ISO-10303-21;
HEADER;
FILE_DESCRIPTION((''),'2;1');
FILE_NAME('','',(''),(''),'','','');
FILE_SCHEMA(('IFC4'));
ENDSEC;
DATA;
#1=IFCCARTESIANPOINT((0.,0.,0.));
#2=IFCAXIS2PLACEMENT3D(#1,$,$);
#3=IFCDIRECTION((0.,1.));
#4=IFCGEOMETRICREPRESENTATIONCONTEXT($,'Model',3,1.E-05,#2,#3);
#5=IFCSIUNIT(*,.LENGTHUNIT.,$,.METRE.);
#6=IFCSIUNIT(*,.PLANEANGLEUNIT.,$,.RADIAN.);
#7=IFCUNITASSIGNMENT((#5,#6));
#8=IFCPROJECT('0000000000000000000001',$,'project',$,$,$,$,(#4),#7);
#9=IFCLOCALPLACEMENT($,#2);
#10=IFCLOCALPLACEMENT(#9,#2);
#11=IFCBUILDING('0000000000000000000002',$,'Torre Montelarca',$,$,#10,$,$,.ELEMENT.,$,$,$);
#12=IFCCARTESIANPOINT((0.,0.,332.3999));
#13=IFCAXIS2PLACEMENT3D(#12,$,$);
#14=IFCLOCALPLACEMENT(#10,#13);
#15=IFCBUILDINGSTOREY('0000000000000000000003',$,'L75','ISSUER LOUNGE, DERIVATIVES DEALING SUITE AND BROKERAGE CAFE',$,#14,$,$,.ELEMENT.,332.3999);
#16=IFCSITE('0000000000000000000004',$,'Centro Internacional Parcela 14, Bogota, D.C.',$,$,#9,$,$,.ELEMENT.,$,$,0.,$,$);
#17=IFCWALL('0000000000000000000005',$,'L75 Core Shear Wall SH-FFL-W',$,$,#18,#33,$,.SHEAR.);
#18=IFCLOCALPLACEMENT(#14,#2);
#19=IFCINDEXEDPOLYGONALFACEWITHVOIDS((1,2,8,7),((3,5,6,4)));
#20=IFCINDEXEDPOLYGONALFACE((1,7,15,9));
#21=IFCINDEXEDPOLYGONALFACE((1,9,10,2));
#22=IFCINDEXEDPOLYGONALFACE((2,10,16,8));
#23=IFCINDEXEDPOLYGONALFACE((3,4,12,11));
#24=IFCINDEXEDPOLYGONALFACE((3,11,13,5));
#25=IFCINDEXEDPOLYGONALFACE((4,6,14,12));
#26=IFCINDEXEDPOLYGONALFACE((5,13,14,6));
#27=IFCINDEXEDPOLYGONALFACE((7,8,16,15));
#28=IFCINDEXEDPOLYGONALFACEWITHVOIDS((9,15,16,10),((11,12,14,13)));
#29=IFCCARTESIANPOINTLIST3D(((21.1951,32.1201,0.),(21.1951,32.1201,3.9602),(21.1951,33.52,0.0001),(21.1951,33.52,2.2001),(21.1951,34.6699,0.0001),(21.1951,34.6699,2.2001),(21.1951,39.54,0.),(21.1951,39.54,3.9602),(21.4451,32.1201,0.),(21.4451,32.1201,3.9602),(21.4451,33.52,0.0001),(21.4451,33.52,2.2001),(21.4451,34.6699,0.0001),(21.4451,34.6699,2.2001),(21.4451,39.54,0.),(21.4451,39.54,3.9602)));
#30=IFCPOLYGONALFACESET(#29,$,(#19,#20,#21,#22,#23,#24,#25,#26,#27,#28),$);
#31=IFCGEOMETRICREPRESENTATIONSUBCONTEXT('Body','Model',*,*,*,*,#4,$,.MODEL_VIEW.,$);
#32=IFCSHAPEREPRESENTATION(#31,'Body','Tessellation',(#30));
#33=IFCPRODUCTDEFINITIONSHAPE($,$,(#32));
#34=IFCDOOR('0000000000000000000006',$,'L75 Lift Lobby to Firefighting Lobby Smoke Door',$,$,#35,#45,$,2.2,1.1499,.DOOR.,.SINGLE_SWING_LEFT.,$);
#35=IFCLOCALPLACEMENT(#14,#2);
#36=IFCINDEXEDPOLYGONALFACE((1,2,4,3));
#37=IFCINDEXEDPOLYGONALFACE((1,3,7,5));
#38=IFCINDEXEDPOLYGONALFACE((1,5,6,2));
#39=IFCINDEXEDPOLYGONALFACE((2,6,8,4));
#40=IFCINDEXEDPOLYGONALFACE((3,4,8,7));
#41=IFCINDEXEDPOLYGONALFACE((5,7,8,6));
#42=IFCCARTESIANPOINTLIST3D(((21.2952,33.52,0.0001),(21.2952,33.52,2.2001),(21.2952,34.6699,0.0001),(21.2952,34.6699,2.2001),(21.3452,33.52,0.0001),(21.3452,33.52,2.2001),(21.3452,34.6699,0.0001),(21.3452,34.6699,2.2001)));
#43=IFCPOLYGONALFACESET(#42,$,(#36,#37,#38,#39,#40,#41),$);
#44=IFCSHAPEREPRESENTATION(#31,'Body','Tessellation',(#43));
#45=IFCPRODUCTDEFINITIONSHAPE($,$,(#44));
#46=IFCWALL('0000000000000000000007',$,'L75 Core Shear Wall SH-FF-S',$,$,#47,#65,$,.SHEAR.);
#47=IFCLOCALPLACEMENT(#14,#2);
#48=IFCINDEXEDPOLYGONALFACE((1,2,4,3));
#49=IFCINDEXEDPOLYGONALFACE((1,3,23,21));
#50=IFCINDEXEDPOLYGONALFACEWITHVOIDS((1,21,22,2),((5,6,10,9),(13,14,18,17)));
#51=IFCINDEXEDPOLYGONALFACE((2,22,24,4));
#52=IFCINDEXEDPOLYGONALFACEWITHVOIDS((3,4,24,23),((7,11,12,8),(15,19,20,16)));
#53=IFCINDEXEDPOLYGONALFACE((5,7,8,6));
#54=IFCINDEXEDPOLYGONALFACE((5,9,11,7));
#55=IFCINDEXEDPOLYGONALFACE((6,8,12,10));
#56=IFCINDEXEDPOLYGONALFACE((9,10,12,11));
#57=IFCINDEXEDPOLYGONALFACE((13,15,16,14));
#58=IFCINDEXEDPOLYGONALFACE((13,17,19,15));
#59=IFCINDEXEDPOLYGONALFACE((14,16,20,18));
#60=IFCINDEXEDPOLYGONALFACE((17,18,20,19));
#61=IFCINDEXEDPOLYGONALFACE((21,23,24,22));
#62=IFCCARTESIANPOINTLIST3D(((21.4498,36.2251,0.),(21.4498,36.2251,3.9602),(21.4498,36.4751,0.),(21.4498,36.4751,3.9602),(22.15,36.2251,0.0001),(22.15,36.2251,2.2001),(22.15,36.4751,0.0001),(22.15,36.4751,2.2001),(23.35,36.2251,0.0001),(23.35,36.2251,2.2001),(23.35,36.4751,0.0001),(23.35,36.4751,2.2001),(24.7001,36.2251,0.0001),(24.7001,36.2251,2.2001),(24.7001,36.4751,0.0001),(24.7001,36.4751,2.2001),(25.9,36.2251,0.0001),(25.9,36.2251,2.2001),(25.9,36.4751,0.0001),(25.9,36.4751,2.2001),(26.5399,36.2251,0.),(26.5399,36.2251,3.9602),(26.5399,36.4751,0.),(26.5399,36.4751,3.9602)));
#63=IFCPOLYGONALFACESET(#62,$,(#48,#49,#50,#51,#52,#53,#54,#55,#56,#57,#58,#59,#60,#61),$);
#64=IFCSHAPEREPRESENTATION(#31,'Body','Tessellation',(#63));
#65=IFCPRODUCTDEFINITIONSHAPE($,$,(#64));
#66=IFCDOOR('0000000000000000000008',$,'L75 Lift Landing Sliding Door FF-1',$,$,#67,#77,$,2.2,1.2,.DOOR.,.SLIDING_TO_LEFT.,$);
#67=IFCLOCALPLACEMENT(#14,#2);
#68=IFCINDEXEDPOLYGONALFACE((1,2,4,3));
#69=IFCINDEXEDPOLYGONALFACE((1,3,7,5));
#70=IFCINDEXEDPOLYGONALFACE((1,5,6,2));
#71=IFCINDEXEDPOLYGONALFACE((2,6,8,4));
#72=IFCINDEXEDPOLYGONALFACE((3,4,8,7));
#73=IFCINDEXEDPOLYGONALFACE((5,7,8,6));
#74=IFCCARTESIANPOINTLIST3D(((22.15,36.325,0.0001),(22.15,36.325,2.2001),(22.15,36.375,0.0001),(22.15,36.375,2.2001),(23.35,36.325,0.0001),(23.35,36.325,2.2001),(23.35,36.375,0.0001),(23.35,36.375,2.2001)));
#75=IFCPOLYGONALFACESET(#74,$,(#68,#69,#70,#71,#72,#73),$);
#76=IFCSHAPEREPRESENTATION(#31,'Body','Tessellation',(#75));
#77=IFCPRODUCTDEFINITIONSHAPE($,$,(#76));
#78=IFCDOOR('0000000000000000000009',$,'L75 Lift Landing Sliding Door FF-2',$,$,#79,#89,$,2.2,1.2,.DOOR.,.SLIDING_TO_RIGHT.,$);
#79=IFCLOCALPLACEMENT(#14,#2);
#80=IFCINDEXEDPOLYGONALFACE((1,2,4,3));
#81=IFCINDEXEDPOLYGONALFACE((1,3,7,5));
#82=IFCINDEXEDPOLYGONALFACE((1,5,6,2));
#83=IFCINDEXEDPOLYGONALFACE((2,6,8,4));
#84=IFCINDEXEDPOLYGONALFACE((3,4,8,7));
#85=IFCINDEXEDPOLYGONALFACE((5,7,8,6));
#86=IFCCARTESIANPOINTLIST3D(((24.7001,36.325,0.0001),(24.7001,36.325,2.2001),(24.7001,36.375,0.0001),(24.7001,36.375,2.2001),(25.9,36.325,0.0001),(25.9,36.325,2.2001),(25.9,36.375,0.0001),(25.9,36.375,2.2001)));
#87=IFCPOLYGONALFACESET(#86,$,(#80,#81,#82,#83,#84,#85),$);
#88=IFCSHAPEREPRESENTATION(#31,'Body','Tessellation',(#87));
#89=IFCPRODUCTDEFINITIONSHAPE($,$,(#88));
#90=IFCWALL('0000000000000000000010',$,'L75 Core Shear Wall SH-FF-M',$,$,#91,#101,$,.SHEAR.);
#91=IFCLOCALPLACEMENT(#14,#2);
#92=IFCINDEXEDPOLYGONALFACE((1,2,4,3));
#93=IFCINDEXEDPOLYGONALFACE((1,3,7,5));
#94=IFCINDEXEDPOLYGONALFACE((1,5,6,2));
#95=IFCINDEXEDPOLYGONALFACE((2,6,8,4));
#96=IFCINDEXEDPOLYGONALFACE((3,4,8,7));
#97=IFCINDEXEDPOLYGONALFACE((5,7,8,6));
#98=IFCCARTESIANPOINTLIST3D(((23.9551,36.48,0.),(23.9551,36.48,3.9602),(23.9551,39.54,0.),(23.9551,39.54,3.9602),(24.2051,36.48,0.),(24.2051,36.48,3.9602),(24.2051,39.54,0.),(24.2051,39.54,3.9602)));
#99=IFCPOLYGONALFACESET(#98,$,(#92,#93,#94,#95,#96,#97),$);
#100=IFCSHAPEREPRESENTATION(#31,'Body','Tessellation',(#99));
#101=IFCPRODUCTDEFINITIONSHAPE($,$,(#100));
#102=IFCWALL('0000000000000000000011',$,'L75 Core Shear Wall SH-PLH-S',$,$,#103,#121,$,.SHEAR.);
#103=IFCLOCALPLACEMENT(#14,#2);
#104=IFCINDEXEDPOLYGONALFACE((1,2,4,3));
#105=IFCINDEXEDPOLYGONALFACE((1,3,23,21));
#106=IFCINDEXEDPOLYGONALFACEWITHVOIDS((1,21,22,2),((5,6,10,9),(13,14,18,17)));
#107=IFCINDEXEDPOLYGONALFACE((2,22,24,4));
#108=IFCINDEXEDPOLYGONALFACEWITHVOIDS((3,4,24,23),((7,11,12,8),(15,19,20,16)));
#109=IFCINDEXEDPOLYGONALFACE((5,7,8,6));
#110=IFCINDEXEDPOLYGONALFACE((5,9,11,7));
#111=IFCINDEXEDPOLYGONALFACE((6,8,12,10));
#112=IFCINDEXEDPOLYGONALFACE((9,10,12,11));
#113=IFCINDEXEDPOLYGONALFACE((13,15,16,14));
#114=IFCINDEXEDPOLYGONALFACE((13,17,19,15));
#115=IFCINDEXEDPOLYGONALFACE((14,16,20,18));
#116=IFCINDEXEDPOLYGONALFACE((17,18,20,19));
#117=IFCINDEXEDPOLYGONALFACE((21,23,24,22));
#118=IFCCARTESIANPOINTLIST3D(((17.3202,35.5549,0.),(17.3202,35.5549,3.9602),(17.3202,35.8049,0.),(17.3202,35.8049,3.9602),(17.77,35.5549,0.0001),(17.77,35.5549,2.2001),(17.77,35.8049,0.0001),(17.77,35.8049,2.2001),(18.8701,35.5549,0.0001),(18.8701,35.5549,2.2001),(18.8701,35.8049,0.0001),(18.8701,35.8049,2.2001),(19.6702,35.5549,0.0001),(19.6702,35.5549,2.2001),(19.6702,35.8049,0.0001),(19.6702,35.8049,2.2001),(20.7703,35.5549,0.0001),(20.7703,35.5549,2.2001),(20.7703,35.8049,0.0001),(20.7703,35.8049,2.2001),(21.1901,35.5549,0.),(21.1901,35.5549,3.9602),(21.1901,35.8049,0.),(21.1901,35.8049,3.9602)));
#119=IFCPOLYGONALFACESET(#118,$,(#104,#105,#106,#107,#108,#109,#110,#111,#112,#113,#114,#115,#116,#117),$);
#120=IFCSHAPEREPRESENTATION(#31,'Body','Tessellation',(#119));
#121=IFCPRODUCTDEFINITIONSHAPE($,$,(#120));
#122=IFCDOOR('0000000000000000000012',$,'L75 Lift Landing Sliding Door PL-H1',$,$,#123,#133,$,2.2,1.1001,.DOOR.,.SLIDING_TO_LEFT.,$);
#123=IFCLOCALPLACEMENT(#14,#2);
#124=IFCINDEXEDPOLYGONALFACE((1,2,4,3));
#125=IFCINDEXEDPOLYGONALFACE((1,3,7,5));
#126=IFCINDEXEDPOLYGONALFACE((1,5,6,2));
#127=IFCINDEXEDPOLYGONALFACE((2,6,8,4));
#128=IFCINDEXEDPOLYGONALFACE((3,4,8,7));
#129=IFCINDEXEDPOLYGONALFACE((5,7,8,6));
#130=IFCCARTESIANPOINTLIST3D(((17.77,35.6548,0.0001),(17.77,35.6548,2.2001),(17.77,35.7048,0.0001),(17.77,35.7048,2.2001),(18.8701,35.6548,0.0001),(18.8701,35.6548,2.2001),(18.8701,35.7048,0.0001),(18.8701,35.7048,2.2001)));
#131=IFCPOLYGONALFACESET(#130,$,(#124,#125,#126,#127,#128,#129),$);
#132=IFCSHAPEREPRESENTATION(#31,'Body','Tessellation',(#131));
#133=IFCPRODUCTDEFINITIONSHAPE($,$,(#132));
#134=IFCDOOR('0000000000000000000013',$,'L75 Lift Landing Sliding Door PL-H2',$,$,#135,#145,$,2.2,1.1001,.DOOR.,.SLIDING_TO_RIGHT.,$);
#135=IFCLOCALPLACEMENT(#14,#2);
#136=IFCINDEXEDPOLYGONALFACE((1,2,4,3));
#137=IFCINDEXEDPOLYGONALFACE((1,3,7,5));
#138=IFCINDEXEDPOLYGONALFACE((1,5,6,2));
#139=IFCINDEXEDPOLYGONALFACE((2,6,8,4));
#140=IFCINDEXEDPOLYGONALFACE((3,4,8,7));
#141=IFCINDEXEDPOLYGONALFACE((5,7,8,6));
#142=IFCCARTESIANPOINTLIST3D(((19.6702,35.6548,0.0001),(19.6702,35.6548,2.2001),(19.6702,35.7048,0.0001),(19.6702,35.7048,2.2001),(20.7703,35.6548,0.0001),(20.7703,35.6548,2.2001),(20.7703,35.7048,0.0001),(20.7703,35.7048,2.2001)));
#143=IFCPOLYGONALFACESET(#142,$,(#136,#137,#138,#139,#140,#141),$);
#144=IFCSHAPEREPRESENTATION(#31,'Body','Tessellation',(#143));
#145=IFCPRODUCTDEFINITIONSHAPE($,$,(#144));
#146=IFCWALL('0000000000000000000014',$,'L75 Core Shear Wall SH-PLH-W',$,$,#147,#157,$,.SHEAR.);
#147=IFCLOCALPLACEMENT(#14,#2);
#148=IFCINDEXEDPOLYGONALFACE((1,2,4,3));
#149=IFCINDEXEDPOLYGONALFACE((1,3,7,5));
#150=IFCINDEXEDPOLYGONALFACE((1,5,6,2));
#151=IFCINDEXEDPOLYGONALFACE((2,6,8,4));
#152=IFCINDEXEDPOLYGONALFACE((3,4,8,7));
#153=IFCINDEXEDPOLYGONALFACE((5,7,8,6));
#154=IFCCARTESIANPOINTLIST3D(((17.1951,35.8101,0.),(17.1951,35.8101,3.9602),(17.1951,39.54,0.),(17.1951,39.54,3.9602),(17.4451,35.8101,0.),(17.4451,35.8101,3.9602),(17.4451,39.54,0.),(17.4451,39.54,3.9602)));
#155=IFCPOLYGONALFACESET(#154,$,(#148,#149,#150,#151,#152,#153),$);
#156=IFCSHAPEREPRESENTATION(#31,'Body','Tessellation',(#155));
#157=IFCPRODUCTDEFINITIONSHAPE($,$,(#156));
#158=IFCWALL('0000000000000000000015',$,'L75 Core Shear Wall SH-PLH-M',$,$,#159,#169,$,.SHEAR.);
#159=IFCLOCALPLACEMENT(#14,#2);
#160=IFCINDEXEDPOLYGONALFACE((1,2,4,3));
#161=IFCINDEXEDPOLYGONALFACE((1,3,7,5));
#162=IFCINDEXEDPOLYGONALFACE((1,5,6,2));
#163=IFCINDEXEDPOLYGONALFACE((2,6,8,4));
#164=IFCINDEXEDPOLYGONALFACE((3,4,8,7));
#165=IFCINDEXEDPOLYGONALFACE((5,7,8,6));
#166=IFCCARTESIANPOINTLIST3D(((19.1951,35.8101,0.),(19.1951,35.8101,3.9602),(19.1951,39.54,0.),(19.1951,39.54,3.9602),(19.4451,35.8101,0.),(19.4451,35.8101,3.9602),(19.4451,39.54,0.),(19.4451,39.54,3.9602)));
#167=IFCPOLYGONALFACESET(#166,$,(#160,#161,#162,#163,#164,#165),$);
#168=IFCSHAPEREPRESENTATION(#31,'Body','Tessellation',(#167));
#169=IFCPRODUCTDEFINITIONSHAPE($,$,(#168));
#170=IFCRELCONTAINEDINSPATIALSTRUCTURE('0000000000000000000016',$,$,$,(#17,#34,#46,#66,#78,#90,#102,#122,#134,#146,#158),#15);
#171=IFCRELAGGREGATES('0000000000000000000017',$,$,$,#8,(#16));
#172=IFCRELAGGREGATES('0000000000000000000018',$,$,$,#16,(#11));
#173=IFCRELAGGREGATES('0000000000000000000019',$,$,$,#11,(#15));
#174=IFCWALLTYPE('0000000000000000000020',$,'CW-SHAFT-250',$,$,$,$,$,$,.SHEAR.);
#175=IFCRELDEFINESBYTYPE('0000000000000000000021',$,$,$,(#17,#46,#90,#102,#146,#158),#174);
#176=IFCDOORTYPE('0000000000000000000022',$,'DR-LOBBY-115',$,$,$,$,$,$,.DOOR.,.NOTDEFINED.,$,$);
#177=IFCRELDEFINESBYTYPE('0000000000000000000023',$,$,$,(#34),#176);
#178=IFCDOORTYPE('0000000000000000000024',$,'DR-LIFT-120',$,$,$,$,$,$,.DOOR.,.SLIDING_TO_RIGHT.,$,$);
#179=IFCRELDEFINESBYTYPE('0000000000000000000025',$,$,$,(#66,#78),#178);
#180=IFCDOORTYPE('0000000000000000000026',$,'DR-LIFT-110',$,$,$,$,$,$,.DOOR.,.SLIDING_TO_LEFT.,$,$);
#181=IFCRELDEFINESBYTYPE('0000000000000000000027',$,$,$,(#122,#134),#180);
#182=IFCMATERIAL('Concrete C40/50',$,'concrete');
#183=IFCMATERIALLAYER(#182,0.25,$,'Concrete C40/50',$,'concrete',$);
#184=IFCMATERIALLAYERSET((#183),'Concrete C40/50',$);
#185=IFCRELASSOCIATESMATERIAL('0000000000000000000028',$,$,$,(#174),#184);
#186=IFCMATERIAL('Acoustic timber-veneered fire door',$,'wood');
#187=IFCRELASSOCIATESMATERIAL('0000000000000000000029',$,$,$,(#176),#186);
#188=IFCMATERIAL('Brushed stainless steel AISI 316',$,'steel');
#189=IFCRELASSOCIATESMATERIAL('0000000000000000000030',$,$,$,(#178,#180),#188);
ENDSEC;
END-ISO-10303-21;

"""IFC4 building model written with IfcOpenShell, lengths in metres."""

from ifc_helpers import new_model, si_unit, direction, frame, frame_2d, origin, place, context, subcontext, project, spatial, rectangle, extrude, source, transform, mapped, material, layer, layer_set, type_object, element, fill, save


model = new_model("IFC4")

# Units and contexts
model_context = context("Model", 3, precision=1e-05, world=origin(), true_north=direction((0.0, 1.0)))
body_context = subcontext(model_context, "Body", "Model", "MODEL_VIEW")
ifc_project = project(units=[si_unit("LENGTHUNIT", "METRE"), si_unit("PLANEANGLEUNIT", "RADIAN")], contexts=[model_context])

# Site, building, storey
site_placement = place(None, origin())
site = spatial("IfcSite", under=ifc_project, at=site_placement, Name="Centro Internacional Parcela 14, Bogota, D.C.", CompositionType="ELEMENT", RefElevation=0.0)
building_placement = place(site_placement, origin())
building = spatial("IfcBuilding", under=site, at=building_placement, Name="Torre Montelarca", CompositionType="ELEMENT")
storey_placement = place(building_placement, frame((0.0, 0.0, 332.3999)))
storey = spatial("IfcBuildingStorey", under=building, at=storey_placement, Name="L75", Description="ISSUER LOUNGE, DERIVATIVES DEALING SUITE AND BROKERAGE CAFE", CompositionType="ELEMENT", Elevation=332.3999)

# Shared definitions
ifc_material_1 = material(Name="Concrete C40/50", Category="concrete")

# Wall, opening, door
ifc_layer_1 = layer(ifc_material_1, 0.25, Name="Concrete C40/50", Category="concrete")
ifc_layer_set_1 = layer_set([ifc_layer_1], Name="Concrete C40/50")
wall_type_1 = type_object("IfcWallType", Name="CW-SHAFT-250", PredefinedType="SHEAR", material=ifc_layer_set_1)
wall_1_placement = place(storey_placement, frame((21.3201, 32.1201, 0.0), z_axis=(0.0, 0.0, 1.0), x_axis=(0.0, 1.0, 0.0)))
wall_1 = element("IfcWall", 1, at=wall_1_placement, inside=storey, type_object=wall_type_1, Name="L75 Core Shear Wall SH-FFL-W", PredefinedType="SHEAR", context=body_context, shape_type="SweptSolid", body=[
    extrude(rectangle(XDim=7.4199, YDim=0.25, at=frame_2d((3.71, 0.0))), origin(), (0.0, 0.0, 1.0), 3.9602),
])
opening_1_placement = place(wall_1_placement, frame((1.3999, 0.0, 0.0)))
opening_1 = element("IfcOpeningElement", 2, at=opening_1_placement, cuts=wall_1, PredefinedType="OPENING", context=body_context, shape_type="SweptSolid", body=[
    extrude(rectangle(XDim=1.1499, YDim=2.2, at=frame_2d((0.575, 1.1001))), frame((0.0, 0.135, 0.0), z_axis=(0.0, -1.0, 0.0), x_axis=(1.0, 0.0, 0.0)), (0.0, 0.0, 1.0), 0.27),
])
ifc_material_2 = material(Name="Acoustic timber-veneered fire door", Category="wood")
door_type_1 = type_object("IfcDoorType", Name="DR-LOBBY-115", OperationType="NOTDEFINED", PredefinedType="DOOR", material=ifc_material_2)
shared_shape_1 = source(origin(), body_context, "Body", "SweptSolid", [
    extrude(rectangle(XDim=1.1499, YDim=2.2, at=frame_2d((0.575, 1.1001))), frame((0.0, 0.0249, 0.0), z_axis=(0.0, -1.0, 0.0), x_axis=(1.0, 0.0, 0.0)), (0.0, 0.0, 1.0), 0.05),
])
door_1_placement = place(opening_1_placement, origin())
door_1 = element("IfcDoor", 3, at=door_1_placement, inside=storey, type_object=door_type_1, Name="L75 Lift Lobby to Firefighting Lobby Smoke Door", OperationType="SINGLE_SWING_LEFT", OverallHeight=2.2, OverallWidth=1.1499, PredefinedType="DOOR", context=body_context, shape_type="MappedRepresentation", body=[
    mapped(shared_shape_1, transform((0.0, 0.0, 0.0), scale=1.0)),
])
fill(opening_1, door_1)

# Wall, openings, doors
wall_2_placement = place(storey_placement, frame((21.45, 36.3501, 0.0), z_axis=(0.0, 0.0, 1.0), x_axis=(1.0, 0.0, 0.0)))
wall_2 = element("IfcWall", 4, at=wall_2_placement, inside=storey, type_object=wall_type_1, Name="L75 Core Shear Wall SH-FF-S", PredefinedType="SHEAR", context=body_context, shape_type="SweptSolid", body=[
    extrude(rectangle(XDim=5.0901, YDim=0.25, at=frame_2d((2.5449, 0.0))), origin(), (0.0, 0.0, 1.0), 3.9602),
])
opening_2_placement = place(wall_2_placement, frame((0.7, 0.0, 0.0)))
opening_2 = element("IfcOpeningElement", 5, at=opening_2_placement, cuts=wall_2, PredefinedType="OPENING", context=body_context, shape_type="SweptSolid", body=[
    extrude(rectangle(XDim=1.2, YDim=2.2, at=frame_2d((0.6001, 1.1001))), frame((0.0, 0.135, 0.0), z_axis=(0.0, -1.0, 0.0), x_axis=(1.0, 0.0, 0.0)), (0.0, 0.0, 1.0), 0.27),
])
opening_3_placement = place(wall_2_placement, frame((3.25, 0.0, 0.0)))
opening_3 = element("IfcOpeningElement", 6, at=opening_3_placement, cuts=wall_2, PredefinedType="OPENING", context=body_context, shape_type="SweptSolid", body=[
    extrude(rectangle(XDim=1.2, YDim=2.2, at=frame_2d((0.6001, 1.1001))), frame((0.0, 0.135, 0.0), z_axis=(0.0, -1.0, 0.0), x_axis=(1.0, 0.0, 0.0)), (0.0, 0.0, 1.0), 0.27),
])
ifc_material_3 = material(Name="Brushed stainless steel AISI 316", Category="steel")
door_type_2 = type_object("IfcDoorType", Name="DR-LIFT-120", OperationType="SLIDING_TO_RIGHT", PredefinedType="DOOR", material=ifc_material_3)
shared_shape_2 = source(origin(), body_context, "Body", "SweptSolid", [
    extrude(rectangle(XDim=1.2, YDim=2.2, at=frame_2d((0.6001, 1.1001))), frame((0.0, 0.0249, 0.0), z_axis=(0.0, -1.0, 0.0), x_axis=(1.0, 0.0, 0.0)), (0.0, 0.0, 1.0), 0.05),
])
door_2_placement = place(opening_2_placement, origin())
door_2 = element("IfcDoor", 7, at=door_2_placement, inside=storey, type_object=door_type_2, Name="L75 Lift Landing Sliding Door FF-1", OperationType="SLIDING_TO_LEFT", OverallHeight=2.2, OverallWidth=1.2, PredefinedType="DOOR", context=body_context, shape_type="MappedRepresentation", body=[
    mapped(shared_shape_2, transform((0.0, 0.0, 0.0), scale=1.0)),
])
fill(opening_2, door_2)
door_3_placement = place(opening_3_placement, origin())
door_3 = element("IfcDoor", 8, at=door_3_placement, inside=storey, type_object=door_type_2, Name="L75 Lift Landing Sliding Door FF-2", OperationType="SLIDING_TO_RIGHT", OverallHeight=2.2, OverallWidth=1.2, PredefinedType="DOOR", context=body_context, shape_type="MappedRepresentation", body=[
    mapped(shared_shape_2, transform((0.0, 0.0, 0.0), scale=1.0)),
])
fill(opening_3, door_3)

# Wall
wall_3_placement = place(storey_placement, frame((24.0801, 36.48, 0.0), z_axis=(0.0, 0.0, 1.0), x_axis=(0.0, 1.0, 0.0)))
element("IfcWall", 9, at=wall_3_placement, inside=storey, type_object=wall_type_1, Name="L75 Core Shear Wall SH-FF-M", PredefinedType="SHEAR", context=body_context, shape_type="SweptSolid", body=[
    extrude(rectangle(XDim=3.0601, YDim=0.25, at=frame_2d((1.53, 0.0))), origin(), (0.0, 0.0, 1.0), 3.9602),
])

# Wall, openings, doors
wall_4_placement = place(storey_placement, frame((17.3201, 35.6799, 0.0), z_axis=(0.0, 0.0, 1.0), x_axis=(1.0, 0.0, 0.0)))
wall_4 = element("IfcWall", 10, at=wall_4_placement, inside=storey, type_object=wall_type_1, Name="L75 Core Shear Wall SH-PLH-S", PredefinedType="SHEAR", context=body_context, shape_type="SweptSolid", body=[
    extrude(rectangle(XDim=3.8699, YDim=0.25, at=frame_2d((1.9351, 0.0))), origin(), (0.0, 0.0, 1.0), 3.9602),
])
opening_4_placement = place(wall_4_placement, frame((0.45, 0.0, 0.0)))
opening_4 = element("IfcOpeningElement", 11, at=opening_4_placement, cuts=wall_4, PredefinedType="OPENING", context=body_context, shape_type="SweptSolid", body=[
    extrude(rectangle(XDim=1.1001, YDim=2.2, at=frame_2d((0.55, 1.1001))), frame((0.0, 0.135, 0.0), z_axis=(0.0, -1.0, 0.0), x_axis=(1.0, 0.0, 0.0)), (0.0, 0.0, 1.0), 0.27),
])
opening_5_placement = place(wall_4_placement, frame((2.3501, 0.0, 0.0)))
opening_5 = element("IfcOpeningElement", 12, at=opening_5_placement, cuts=wall_4, PredefinedType="OPENING", context=body_context, shape_type="SweptSolid", body=[
    extrude(rectangle(XDim=1.1001, YDim=2.2, at=frame_2d((0.55, 1.1001))), frame((0.0, 0.135, 0.0), z_axis=(0.0, -1.0, 0.0), x_axis=(1.0, 0.0, 0.0)), (0.0, 0.0, 1.0), 0.27),
])
door_type_3 = type_object("IfcDoorType", Name="DR-LIFT-110", OperationType="SLIDING_TO_LEFT", PredefinedType="DOOR", material=ifc_material_3)
shared_shape_3 = source(origin(), body_context, "Body", "SweptSolid", [
    extrude(rectangle(XDim=1.1001, YDim=2.2, at=frame_2d((0.55, 1.1001))), frame((0.0, 0.0249, 0.0), z_axis=(0.0, -1.0, 0.0), x_axis=(1.0, 0.0, 0.0)), (0.0, 0.0, 1.0), 0.05),
])
door_4_placement = place(opening_4_placement, origin())
door_4 = element("IfcDoor", 13, at=door_4_placement, inside=storey, type_object=door_type_3, Name="L75 Lift Landing Sliding Door PL-H1", OperationType="SLIDING_TO_LEFT", OverallHeight=2.2, OverallWidth=1.1001, PredefinedType="DOOR", context=body_context, shape_type="MappedRepresentation", body=[
    mapped(shared_shape_3, transform((0.0, 0.0, 0.0), scale=1.0)),
])
fill(opening_4, door_4)
door_5_placement = place(opening_5_placement, origin())
door_5 = element("IfcDoor", 14, at=door_5_placement, inside=storey, type_object=door_type_3, Name="L75 Lift Landing Sliding Door PL-H2", OperationType="SLIDING_TO_RIGHT", OverallHeight=2.2, OverallWidth=1.1001, PredefinedType="DOOR", context=body_context, shape_type="MappedRepresentation", body=[
    mapped(shared_shape_3, transform((0.0, 0.0, 0.0), scale=1.0)),
])
fill(opening_5, door_5)

# Walls
for number, where, z_axis, x_axis, name in (
    (15, (17.3201, 35.8101, 0.0), (0.0, 0.0, 1.0), (0.0, 1.0, 0.0), "L75 Core Shear Wall SH-PLH-W"),
    (16, (19.3201, 35.8101, 0.0), (0.0, 0.0, 1.0), (0.0, 1.0, 0.0), "L75 Core Shear Wall SH-PLH-M"),
):
    element("IfcWall", number, at=place(storey_placement, frame(where, z_axis=z_axis, x_axis=x_axis)), inside=storey, type_object=wall_type_1, Name=name, PredefinedType="SHEAR", context=body_context, shape_type="SweptSolid", body=[
        extrude(rectangle(XDim=3.73, YDim=0.25, at=frame_2d((1.865, 0.0))), origin(), (0.0, 0.0, 1.0), 3.9602),
    ])

save(model, "model.ifc")
